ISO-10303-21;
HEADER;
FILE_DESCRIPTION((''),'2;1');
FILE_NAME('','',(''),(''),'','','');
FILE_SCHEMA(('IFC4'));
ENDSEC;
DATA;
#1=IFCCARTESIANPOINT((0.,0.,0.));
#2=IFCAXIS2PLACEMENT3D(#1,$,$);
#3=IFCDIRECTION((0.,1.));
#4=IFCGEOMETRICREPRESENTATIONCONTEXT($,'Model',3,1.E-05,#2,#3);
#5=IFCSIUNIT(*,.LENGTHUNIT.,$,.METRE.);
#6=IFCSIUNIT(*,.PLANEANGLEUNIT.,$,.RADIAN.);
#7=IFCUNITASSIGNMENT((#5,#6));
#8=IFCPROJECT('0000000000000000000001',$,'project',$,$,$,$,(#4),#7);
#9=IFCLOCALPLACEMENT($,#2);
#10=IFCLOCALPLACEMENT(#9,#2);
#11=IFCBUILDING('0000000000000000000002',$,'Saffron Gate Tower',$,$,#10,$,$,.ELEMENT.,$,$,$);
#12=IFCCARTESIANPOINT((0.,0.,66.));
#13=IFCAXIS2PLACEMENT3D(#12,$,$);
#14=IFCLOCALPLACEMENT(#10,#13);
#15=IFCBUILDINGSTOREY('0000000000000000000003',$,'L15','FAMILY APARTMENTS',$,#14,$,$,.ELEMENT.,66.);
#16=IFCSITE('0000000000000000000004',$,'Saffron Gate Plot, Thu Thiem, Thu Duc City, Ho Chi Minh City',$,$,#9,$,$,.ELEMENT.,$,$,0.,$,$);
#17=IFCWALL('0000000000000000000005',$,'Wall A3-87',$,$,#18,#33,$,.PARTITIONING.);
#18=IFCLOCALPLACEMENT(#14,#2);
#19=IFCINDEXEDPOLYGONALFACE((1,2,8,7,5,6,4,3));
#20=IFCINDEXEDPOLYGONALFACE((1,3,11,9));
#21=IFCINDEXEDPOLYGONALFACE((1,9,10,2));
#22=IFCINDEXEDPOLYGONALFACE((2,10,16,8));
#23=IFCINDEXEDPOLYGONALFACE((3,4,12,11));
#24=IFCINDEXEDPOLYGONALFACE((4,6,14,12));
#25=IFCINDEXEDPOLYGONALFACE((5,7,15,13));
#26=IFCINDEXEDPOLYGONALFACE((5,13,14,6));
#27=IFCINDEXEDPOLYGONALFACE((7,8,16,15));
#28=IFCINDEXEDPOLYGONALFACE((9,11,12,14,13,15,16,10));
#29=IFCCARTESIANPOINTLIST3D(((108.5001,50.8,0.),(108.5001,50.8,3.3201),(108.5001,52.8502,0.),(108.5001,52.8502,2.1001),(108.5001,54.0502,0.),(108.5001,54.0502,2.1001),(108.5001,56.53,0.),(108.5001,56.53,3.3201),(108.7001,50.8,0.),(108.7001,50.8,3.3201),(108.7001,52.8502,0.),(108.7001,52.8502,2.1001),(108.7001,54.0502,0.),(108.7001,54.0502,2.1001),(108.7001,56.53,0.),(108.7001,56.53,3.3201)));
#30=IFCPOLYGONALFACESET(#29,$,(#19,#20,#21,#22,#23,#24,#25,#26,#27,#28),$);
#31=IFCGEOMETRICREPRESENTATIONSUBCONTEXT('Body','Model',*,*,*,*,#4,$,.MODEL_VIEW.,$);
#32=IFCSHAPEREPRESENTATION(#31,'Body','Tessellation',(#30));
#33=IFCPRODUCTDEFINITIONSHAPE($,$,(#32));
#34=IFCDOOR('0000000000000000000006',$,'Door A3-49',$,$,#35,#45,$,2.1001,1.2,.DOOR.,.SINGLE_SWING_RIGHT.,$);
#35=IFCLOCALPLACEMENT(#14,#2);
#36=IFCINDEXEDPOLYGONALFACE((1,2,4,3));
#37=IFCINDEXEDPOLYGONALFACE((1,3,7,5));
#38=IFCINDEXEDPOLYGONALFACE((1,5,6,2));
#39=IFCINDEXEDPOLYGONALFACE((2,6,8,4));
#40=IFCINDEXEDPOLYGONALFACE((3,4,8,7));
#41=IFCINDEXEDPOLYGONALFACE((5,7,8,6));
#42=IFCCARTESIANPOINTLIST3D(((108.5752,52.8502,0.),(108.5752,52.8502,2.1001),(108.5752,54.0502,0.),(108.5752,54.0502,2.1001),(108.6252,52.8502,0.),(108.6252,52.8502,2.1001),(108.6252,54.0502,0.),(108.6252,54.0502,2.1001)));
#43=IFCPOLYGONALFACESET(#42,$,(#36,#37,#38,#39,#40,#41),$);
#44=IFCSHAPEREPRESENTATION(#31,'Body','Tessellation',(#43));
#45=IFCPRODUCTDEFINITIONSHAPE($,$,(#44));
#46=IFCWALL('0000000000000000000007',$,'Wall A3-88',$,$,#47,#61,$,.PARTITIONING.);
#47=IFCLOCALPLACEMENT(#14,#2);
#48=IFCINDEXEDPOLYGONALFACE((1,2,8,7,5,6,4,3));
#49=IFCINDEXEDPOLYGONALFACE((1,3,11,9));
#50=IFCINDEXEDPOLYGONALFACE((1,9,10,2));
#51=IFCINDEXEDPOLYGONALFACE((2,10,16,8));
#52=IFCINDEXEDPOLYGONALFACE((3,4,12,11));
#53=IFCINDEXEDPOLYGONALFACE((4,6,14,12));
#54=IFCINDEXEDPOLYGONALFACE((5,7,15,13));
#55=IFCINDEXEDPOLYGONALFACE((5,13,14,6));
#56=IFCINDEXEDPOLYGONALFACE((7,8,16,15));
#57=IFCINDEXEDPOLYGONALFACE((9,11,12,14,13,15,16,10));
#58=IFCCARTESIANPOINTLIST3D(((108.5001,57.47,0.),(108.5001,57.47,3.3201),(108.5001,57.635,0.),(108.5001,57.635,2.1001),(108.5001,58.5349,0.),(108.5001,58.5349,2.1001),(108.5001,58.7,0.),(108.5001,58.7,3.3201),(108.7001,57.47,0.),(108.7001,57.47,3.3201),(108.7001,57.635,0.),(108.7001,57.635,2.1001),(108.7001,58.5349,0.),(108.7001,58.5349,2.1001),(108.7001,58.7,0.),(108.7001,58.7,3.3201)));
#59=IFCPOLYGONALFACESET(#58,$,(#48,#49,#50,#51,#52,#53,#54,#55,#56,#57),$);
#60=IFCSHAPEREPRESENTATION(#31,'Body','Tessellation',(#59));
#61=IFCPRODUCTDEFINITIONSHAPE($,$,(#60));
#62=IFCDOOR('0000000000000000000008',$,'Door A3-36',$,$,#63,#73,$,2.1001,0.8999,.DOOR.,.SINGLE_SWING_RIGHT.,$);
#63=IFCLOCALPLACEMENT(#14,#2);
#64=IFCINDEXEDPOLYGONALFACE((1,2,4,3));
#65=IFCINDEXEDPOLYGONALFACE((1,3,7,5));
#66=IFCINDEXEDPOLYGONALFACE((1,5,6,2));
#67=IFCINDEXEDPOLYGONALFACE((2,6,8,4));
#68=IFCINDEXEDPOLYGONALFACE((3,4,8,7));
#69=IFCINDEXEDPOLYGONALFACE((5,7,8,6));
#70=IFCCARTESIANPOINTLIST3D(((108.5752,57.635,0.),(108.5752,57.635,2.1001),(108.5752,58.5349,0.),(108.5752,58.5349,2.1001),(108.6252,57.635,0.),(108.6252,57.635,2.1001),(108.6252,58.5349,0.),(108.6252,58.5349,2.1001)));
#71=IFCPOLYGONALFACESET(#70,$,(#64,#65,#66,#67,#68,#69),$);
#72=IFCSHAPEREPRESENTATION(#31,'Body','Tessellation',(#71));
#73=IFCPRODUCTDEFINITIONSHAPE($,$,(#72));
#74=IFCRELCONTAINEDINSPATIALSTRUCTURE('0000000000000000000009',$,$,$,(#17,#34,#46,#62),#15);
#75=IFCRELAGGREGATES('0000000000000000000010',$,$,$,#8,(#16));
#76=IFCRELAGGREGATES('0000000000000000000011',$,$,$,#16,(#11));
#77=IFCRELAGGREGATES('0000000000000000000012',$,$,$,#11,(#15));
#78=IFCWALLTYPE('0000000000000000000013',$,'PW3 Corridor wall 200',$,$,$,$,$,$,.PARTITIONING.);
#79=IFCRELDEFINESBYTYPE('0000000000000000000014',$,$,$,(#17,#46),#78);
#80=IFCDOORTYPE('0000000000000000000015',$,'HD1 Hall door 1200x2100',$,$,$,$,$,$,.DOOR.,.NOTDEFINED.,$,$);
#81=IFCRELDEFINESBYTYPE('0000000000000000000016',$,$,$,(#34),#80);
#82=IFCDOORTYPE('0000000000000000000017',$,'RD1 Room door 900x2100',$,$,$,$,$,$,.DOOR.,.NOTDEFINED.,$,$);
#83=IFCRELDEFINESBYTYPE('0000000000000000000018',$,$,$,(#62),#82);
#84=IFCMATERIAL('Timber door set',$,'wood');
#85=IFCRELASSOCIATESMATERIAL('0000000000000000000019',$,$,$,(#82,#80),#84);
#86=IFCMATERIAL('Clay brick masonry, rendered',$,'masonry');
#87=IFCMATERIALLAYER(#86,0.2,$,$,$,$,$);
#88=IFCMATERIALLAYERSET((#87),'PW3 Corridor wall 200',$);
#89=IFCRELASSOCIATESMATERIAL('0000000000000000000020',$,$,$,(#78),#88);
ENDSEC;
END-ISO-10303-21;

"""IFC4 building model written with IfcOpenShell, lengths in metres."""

from ifc_helpers import new_model, si_unit, direction, frame, frame_2d, origin, place, context, subcontext, project, spatial, rectangle, extrude, material, layer, layer_set, type_object, element, fill, save


model = new_model("IFC4")

# Units and contexts
model_context = context("Model", 3, precision=1e-05, world=origin(), true_north=direction((0.0, 1.0)))
body_context = subcontext(model_context, "Body", "Model", "MODEL_VIEW")
ifc_project = project(units=[si_unit("LENGTHUNIT", "METRE"), si_unit("PLANEANGLEUNIT", "RADIAN")], contexts=[model_context])

# Site, building, storey
site_placement = place(None, origin())
site = spatial("IfcSite", under=ifc_project, at=site_placement, Name="Saffron Gate Plot, Thu Thiem, Thu Duc City, Ho Chi Minh City", CompositionType="ELEMENT", RefElevation=0.0)
building_placement = place(site_placement, origin())
building = spatial("IfcBuilding", under=site, at=building_placement, Name="Saffron Gate Tower", CompositionType="ELEMENT")
storey_placement = place(building_placement, frame((0.0, 0.0, 66.0)))
storey = spatial("IfcBuildingStorey", under=building, at=storey_placement, Name="L15", Description="FAMILY APARTMENTS", CompositionType="ELEMENT", Elevation=66.0)

# Shared definitions
ifc_material_1 = material(Name="Timber door set", Category="wood")
door_type_1 = type_object("IfcDoorType", Name="RD1 Room door 900x2100", OperationType="NOTDEFINED", PredefinedType="DOOR", material=ifc_material_1)

# Shared definitions
ifc_material_2 = material(Name="Clay brick masonry, rendered", Category="masonry")

# Walls, openings, doors
ifc_layer_1 = layer(ifc_material_2, 0.2)
ifc_layer_set_1 = layer_set([ifc_layer_1], Name="PW3 Corridor wall 200")
wall_type_1 = type_object("IfcWallType", Name="PW3 Corridor wall 200", PredefinedType="PARTITIONING", material=ifc_layer_set_1)
wall_1_placement = place(storey_placement, frame((108.6001, 50.8, 0.0), z_axis=(0.0, 0.0, 1.0), x_axis=(0.0, 1.0, 0.0)))
wall_1 = element("IfcWall", 1, at=wall_1_placement, inside=storey, type_object=wall_type_1, Name="Wall A3-87", PredefinedType="PARTITIONING", context=body_context, shape_type="SweptSolid", body=[
    extrude(rectangle(XDim=5.73, YDim=0.2, at=frame_2d((2.865, 0.0))), origin(), (0.0, 0.0, 1.0), 3.3201),
])
opening_1_placement = place(wall_1_placement, frame((2.05, 0.0, 0.0)))
opening_1 = element("IfcOpeningElement", 2, at=opening_1_placement, cuts=wall_1, PredefinedType="OPENING", context=body_context, shape_type="SweptSolid", body=[
    extrude(rectangle(XDim=1.2, YDim=2.1001, at=frame_2d((0.6001, 1.05))), frame((0.0, 0.1099, 0.0), z_axis=(0.0, -1.0, 0.0), x_axis=(1.0, 0.0, 0.0)), (0.0, 0.0, 1.0), 0.22),
])
door_type_2 = type_object("IfcDoorType", Name="HD1 Hall door 1200x2100", OperationType="NOTDEFINED", PredefinedType="DOOR", material=ifc_material_1)
door_1_placement = place(opening_1_placement, origin())
door_1 = element("IfcDoor", 3, at=door_1_placement, inside=storey, type_object=door_type_2, Name="Door A3-49", OperationType="SINGLE_SWING_RIGHT", OverallHeight=2.1001, OverallWidth=1.2, PredefinedType="DOOR", context=body_context, shape_type="SweptSolid", body=[
    extrude(rectangle(XDim=1.2, YDim=2.1001, at=frame_2d((0.6001, 1.05))), frame((0.0, 0.0249, 0.0), z_axis=(0.0, -1.0, 0.0), x_axis=(1.0, 0.0, 0.0)), (0.0, 0.0, 1.0), 0.05),
])
fill(opening_1, door_1)
wall_2_placement = place(storey_placement, frame((108.6001, 57.47, 0.0), z_axis=(0.0, 0.0, 1.0), x_axis=(0.0, 1.0, 0.0)))
wall_2 = element("IfcWall", 4, at=wall_2_placement, inside=storey, type_object=wall_type_1, Name="Wall A3-88", PredefinedType="PARTITIONING", context=body_context, shape_type="SweptSolid", body=[
    extrude(rectangle(XDim=1.23, YDim=0.2, at=frame_2d((0.615, 0.0))), origin(), (0.0, 0.0, 1.0), 3.3201),
])
opening_2_placement = place(wall_2_placement, frame((0.165, 0.0, 0.0)))
opening_2 = element("IfcOpeningElement", 5, at=opening_2_placement, cuts=wall_2, PredefinedType="OPENING", context=body_context, shape_type="SweptSolid", body=[
    extrude(rectangle(XDim=0.8999, YDim=2.1001, at=frame_2d((0.45, 1.05))), frame((0.0, 0.1099, 0.0), z_axis=(0.0, -1.0, 0.0), x_axis=(1.0, 0.0, 0.0)), (0.0, 0.0, 1.0), 0.22),
])
door_2_placement = place(opening_2_placement, origin())
door_2 = element("IfcDoor", 6, at=door_2_placement, inside=storey, type_object=door_type_1, Name="Door A3-36", OperationType="SINGLE_SWING_RIGHT", OverallHeight=2.1001, OverallWidth=0.8999, PredefinedType="DOOR", context=body_context, shape_type="SweptSolid", body=[
    extrude(rectangle(XDim=0.8999, YDim=2.1001, at=frame_2d((0.45, 1.05))), frame((0.0, 0.0249, 0.0), z_axis=(0.0, -1.0, 0.0), x_axis=(1.0, 0.0, 0.0)), (0.0, 0.0, 1.0), 0.05),
])
fill(opening_2, door_2)

save(model, "model.ifc")
